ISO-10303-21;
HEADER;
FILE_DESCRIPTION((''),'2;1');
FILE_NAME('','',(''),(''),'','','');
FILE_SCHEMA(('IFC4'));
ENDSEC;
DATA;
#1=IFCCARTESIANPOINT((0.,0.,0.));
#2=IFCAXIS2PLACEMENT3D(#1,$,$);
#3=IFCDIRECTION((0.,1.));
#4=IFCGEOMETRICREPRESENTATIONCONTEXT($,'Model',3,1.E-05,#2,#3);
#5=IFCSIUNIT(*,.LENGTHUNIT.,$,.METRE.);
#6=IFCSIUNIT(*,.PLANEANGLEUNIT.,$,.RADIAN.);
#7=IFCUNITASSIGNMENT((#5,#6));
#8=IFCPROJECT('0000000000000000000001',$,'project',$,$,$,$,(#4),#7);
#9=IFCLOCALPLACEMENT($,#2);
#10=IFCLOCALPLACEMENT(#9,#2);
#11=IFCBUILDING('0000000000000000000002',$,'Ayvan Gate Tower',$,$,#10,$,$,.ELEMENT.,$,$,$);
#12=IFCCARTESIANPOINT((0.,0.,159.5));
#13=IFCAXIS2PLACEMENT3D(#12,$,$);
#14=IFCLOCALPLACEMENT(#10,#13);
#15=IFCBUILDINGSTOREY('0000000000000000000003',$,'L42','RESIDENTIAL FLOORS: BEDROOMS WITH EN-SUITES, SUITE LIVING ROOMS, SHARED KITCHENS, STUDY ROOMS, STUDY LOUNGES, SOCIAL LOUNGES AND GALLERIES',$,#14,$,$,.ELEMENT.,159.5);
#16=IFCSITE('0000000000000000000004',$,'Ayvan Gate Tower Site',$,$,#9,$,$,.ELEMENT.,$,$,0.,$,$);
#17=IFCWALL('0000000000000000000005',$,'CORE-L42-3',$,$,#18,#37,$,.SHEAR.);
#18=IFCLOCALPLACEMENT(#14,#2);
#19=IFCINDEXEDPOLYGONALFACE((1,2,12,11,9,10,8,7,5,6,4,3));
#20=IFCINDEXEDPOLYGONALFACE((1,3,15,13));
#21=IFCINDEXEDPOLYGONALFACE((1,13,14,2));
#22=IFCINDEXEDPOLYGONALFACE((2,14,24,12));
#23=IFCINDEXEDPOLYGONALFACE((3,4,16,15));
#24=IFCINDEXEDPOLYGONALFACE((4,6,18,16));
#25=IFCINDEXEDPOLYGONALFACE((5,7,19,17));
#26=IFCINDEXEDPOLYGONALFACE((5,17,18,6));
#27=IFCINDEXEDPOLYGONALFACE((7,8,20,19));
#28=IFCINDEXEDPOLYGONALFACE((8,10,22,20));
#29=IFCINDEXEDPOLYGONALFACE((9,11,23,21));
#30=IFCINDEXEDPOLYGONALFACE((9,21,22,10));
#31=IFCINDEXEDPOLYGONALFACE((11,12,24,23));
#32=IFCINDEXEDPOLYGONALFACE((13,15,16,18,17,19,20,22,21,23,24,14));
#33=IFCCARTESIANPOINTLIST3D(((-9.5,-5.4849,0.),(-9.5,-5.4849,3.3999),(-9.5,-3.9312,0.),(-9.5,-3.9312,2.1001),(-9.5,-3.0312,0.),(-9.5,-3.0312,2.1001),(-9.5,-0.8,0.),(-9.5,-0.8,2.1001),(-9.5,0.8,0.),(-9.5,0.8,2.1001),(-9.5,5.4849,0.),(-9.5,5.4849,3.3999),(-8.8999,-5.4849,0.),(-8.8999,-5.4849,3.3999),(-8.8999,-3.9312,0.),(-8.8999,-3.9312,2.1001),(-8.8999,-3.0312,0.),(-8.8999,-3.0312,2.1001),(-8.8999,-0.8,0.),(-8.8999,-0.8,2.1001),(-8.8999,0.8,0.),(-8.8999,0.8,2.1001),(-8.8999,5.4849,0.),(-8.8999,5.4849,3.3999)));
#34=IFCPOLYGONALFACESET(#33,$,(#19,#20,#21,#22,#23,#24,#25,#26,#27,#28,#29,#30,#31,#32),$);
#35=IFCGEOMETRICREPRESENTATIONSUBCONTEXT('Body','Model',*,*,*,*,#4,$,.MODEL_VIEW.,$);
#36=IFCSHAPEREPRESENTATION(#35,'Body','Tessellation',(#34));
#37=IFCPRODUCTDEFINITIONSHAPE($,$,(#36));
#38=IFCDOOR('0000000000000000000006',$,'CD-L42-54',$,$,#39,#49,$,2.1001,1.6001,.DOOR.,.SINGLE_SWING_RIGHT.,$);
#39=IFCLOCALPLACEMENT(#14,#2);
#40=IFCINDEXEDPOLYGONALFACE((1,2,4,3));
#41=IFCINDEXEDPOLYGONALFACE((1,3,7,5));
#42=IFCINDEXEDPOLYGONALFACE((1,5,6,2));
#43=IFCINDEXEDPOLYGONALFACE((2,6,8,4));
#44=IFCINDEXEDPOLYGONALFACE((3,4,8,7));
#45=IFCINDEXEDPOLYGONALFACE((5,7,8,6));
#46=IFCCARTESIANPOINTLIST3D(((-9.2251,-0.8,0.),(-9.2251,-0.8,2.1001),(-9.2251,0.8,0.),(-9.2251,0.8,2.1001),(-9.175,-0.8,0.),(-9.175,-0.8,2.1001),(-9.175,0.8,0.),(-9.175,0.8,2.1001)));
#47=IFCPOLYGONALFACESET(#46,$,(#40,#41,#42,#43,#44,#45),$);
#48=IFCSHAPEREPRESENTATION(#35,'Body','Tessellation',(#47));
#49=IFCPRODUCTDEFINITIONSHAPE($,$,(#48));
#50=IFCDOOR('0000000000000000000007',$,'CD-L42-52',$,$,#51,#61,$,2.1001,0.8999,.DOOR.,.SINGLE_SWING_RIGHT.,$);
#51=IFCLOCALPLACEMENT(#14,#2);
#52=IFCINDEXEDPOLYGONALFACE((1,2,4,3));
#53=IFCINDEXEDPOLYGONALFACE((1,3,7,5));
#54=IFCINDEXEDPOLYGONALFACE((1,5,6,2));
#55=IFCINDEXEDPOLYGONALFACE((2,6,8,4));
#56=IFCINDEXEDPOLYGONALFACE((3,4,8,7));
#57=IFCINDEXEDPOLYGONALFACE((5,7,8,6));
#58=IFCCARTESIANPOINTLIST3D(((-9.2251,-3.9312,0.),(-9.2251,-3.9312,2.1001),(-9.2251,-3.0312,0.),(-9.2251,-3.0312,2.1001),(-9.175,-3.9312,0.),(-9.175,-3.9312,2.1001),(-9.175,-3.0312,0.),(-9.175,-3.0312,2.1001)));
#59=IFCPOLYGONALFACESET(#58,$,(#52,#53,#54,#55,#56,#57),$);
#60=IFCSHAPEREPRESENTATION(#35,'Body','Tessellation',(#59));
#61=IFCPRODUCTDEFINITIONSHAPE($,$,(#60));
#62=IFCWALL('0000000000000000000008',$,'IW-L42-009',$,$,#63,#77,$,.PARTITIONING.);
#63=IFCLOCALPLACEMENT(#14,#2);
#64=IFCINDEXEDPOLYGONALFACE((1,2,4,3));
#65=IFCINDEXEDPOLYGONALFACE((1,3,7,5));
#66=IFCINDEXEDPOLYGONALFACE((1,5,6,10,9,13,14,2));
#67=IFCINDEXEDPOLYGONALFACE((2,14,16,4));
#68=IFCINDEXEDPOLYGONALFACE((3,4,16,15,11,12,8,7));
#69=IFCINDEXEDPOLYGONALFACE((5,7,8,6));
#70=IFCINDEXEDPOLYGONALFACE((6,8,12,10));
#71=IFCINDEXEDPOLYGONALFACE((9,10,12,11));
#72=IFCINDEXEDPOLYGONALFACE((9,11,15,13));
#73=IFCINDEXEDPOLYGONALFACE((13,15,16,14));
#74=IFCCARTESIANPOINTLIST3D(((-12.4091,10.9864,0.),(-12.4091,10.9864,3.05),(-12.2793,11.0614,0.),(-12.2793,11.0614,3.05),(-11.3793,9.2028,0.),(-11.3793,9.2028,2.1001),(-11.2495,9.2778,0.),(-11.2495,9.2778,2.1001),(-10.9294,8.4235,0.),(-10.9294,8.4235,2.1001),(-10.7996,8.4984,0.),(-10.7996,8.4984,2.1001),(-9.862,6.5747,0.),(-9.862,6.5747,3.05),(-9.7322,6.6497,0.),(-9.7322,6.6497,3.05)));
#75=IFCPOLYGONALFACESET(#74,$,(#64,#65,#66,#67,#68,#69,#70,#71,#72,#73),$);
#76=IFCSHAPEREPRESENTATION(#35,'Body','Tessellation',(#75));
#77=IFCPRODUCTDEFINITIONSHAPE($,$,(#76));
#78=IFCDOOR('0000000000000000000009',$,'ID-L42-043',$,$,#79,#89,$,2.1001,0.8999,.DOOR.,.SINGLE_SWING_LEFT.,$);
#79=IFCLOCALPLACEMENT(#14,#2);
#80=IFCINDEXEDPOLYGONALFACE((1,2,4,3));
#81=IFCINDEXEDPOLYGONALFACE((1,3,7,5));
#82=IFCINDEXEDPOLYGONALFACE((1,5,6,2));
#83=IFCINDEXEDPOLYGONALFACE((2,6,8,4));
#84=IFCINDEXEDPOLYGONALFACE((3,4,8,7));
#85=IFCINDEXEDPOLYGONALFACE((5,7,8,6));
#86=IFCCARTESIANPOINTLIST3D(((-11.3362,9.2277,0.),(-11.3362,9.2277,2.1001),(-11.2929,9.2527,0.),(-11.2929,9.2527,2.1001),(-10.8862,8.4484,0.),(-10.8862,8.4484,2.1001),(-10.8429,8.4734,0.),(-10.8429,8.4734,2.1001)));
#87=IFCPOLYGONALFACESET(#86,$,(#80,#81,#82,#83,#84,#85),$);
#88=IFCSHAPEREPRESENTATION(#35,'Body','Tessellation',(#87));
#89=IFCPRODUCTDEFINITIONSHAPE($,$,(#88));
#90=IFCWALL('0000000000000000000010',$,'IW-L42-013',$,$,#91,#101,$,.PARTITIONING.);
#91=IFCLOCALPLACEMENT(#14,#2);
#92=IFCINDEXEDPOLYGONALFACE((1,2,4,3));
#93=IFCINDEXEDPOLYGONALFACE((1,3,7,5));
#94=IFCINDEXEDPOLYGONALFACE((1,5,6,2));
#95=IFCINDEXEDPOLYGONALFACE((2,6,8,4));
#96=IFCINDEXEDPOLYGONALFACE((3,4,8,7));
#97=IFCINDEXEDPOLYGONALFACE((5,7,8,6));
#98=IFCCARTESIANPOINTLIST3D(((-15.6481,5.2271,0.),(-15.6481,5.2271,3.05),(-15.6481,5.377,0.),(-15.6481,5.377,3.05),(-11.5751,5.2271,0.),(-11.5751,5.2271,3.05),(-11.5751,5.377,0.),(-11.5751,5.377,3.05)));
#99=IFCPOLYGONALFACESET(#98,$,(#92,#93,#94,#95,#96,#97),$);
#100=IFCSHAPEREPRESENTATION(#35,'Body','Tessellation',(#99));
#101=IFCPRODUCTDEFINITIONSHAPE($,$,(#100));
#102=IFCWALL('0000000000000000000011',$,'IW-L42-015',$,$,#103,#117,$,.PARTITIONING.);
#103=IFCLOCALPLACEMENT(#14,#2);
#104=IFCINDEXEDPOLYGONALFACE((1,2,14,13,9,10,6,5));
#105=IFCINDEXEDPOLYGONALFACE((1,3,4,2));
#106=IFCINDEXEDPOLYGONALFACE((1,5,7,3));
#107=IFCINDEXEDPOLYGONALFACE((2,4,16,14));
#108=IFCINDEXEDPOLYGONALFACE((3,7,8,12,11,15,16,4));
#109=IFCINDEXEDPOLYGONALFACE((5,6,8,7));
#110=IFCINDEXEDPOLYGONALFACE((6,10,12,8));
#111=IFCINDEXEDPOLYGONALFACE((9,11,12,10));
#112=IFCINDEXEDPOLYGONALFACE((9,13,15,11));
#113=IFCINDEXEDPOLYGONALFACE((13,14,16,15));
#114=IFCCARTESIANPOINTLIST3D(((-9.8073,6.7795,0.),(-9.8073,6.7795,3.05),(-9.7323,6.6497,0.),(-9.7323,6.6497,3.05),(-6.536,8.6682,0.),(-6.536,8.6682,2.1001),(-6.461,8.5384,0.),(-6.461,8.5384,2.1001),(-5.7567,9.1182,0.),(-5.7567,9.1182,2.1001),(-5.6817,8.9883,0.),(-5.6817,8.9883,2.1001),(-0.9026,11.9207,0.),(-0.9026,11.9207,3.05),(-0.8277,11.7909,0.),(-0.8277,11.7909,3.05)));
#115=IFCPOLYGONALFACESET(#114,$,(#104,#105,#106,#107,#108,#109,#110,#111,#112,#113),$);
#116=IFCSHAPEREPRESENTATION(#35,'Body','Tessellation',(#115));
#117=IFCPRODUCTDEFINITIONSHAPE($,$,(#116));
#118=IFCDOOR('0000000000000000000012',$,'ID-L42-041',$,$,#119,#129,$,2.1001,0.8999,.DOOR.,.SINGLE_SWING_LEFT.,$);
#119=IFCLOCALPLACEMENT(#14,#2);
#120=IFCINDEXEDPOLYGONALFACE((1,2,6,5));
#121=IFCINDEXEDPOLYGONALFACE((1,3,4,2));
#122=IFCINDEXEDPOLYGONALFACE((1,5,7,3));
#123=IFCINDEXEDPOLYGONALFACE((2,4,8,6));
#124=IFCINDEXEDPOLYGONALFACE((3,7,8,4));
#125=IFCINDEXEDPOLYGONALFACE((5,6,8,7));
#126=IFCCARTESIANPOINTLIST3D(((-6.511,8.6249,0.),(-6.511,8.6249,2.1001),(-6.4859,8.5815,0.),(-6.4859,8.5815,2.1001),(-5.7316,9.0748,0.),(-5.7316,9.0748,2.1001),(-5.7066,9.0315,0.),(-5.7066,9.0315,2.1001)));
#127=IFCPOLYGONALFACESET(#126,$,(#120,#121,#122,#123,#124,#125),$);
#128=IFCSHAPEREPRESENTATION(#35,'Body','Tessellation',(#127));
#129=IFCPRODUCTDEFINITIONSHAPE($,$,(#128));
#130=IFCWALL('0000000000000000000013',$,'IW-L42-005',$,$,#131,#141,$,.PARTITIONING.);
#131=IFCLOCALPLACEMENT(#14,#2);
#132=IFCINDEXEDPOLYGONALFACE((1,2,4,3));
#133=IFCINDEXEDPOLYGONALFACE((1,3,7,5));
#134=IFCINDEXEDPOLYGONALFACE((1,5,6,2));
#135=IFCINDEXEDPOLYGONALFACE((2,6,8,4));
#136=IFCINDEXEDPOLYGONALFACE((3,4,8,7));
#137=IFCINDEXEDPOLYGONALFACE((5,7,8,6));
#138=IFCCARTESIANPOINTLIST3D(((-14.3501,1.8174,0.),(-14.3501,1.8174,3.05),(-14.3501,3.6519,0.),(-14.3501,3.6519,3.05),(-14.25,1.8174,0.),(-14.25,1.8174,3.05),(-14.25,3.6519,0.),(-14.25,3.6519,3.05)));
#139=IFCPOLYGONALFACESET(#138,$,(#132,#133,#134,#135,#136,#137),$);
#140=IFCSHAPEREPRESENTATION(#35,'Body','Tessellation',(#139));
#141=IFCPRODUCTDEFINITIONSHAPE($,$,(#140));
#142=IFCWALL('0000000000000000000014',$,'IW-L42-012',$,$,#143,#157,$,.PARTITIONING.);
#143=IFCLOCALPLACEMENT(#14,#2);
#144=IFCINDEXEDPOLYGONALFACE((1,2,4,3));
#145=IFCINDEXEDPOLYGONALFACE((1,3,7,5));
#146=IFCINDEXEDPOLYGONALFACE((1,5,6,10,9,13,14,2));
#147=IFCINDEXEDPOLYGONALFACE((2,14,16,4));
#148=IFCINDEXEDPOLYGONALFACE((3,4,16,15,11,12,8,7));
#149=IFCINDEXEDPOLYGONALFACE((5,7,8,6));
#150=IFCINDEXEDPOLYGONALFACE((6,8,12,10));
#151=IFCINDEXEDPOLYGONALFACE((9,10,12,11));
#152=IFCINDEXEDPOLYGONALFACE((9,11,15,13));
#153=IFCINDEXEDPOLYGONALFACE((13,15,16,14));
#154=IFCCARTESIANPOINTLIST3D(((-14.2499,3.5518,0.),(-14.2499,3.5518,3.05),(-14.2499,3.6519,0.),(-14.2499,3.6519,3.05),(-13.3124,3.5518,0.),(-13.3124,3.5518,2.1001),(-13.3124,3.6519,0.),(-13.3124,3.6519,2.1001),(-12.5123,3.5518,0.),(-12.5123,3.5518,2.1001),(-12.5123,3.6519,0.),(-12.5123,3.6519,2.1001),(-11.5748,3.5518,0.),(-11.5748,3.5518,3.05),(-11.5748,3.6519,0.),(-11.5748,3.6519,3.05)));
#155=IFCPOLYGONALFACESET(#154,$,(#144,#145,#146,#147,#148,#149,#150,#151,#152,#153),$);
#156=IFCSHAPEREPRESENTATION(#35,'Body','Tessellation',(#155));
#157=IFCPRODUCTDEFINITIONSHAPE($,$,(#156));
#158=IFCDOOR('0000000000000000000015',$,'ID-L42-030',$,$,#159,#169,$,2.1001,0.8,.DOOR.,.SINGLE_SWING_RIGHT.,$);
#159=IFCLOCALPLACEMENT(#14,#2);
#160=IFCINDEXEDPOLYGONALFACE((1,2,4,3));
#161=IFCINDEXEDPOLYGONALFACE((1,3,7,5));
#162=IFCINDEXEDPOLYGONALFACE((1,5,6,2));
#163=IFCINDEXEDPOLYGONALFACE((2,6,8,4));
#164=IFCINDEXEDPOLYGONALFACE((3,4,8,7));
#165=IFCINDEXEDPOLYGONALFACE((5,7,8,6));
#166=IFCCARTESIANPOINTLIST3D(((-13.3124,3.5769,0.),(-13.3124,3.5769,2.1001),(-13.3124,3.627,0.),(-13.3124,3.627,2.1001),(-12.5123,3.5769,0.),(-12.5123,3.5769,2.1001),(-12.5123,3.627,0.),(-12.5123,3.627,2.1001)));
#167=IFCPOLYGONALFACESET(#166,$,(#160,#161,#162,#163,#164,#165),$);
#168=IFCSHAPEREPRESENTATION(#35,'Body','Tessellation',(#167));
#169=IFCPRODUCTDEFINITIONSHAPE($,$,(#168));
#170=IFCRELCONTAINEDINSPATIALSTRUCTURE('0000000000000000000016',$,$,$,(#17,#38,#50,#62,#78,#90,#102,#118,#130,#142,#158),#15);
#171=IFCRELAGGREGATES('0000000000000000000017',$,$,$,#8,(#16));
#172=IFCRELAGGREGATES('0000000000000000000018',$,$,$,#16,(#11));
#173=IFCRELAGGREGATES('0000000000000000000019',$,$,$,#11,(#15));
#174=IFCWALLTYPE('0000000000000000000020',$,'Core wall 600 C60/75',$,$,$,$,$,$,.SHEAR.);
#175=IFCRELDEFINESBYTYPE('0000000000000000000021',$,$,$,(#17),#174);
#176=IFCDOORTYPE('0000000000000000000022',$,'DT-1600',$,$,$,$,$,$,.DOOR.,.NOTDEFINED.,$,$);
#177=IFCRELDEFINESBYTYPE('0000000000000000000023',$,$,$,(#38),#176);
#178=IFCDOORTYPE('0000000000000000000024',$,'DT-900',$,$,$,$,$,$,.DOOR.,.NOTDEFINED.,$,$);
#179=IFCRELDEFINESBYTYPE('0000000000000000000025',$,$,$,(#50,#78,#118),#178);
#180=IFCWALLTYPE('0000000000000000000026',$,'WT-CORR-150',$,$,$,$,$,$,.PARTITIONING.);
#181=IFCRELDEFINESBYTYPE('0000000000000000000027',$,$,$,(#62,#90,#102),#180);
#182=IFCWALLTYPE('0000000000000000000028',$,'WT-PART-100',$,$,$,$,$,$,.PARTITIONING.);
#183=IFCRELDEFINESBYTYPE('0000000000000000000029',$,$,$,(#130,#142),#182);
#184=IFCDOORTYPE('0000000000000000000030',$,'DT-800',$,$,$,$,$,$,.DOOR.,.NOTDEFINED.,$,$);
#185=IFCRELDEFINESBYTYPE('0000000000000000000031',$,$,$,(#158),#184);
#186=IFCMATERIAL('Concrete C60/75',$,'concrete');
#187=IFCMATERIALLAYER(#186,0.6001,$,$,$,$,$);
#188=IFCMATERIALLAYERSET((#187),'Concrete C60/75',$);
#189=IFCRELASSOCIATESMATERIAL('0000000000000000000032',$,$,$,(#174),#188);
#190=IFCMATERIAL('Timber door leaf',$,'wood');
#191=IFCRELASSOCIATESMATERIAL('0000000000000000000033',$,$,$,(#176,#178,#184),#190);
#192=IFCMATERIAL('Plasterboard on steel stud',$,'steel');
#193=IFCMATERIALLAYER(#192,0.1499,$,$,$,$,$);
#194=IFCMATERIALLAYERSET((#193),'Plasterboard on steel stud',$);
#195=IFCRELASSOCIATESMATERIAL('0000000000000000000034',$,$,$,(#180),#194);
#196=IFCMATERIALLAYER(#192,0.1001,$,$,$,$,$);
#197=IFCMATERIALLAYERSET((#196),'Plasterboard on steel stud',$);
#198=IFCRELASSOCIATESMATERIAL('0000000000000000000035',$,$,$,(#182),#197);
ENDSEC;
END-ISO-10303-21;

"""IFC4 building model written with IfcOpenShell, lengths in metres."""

from ifc_helpers import new_model, si_unit, direction, frame, frame_2d, origin, place, context, subcontext, project, spatial, rectangle, extrude, material, layer, layer_set, type_object, element, fill, save


model = new_model("IFC4")

# Units and contexts
model_context = context("Model", 3, precision=1e-05, world=origin(), true_north=direction((0.0, 1.0)))
body_context = subcontext(model_context, "Body", "Model", "MODEL_VIEW")
ifc_project = project(units=[si_unit("LENGTHUNIT", "METRE"), si_unit("PLANEANGLEUNIT", "RADIAN")], contexts=[model_context])

# Site, building, storey
site_placement = place(None, origin())
site = spatial("IfcSite", under=ifc_project, at=site_placement, Name="Ayvan Gate Tower Site", CompositionType="ELEMENT", RefElevation=0.0)
building_placement = place(site_placement, origin())
building = spatial("IfcBuilding", under=site, at=building_placement, Name="Ayvan Gate Tower", CompositionType="ELEMENT")
storey_placement = place(building_placement, frame((0.0, 0.0, 159.5)))
storey = spatial("IfcBuildingStorey", under=building, at=storey_placement, Name="L42", Description="RESIDENTIAL FLOORS: BEDROOMS WITH EN-SUITES, SUITE LIVING ROOMS, SHARED KITCHENS, STUDY ROOMS, STUDY LOUNGES, SOCIAL LOUNGES AND GALLERIES", CompositionType="ELEMENT", Elevation=159.5)

# Wall, openings, doors
ifc_material_1 = material(Name="Concrete C60/75", Category="concrete")
ifc_layer_1 = layer(ifc_material_1, 0.6001)
ifc_layer_set_1 = layer_set([ifc_layer_1], Name="Concrete C60/75")
wall_type_1 = type_object("IfcWallType", Name="Core wall 600 C60/75", PredefinedType="SHEAR", material=ifc_layer_set_1)
wall_1_placement = place(storey_placement, frame((-9.2, 5.4849, 0.0), z_axis=(0.0, 0.0, 1.0), x_axis=(0.0, -1.0, 0.0)))
wall_1 = element("IfcWall", 1, at=wall_1_placement, inside=storey, type_object=wall_type_1, Name="CORE-L42-3", PredefinedType="SHEAR", context=body_context, shape_type="SweptSolid", body=[
    extrude(rectangle(XDim=10.9697, YDim=0.6001, at=frame_2d((5.4849, 0.0))), origin(), (0.0, 0.0, 1.0), 3.3999),
])
opening_1_placement = place(wall_1_placement, frame((8.5161, 0.0, 0.0)))
opening_1 = element("IfcOpeningElement", 2, at=opening_1_placement, cuts=wall_1, PredefinedType="OPENING", context=body_context, shape_type="SweptSolid", body=[
    extrude(rectangle(XDim=0.8999, YDim=2.1001, at=frame_2d((0.45, 1.05))), frame((0.0, 0.3101, 0.0), z_axis=(0.0, -1.0, 0.0), x_axis=(1.0, 0.0, 0.0)), (0.0, 0.0, 1.0), 0.6201),
])
opening_2_placement = place(wall_1_placement, frame((4.6848, 0.0, 0.0)))
opening_2 = element("IfcOpeningElement", 3, at=opening_2_placement, cuts=wall_1, PredefinedType="OPENING", context=body_context, shape_type="SweptSolid", body=[
    extrude(rectangle(XDim=1.6001, YDim=2.1001, at=frame_2d((0.8, 1.05))), frame((0.0, 0.3101, 0.0), z_axis=(0.0, -1.0, 0.0), x_axis=(1.0, 0.0, 0.0)), (0.0, 0.0, 1.0), 0.6201),
])
ifc_material_2 = material(Name="Timber door leaf", Category="wood")
door_type_1 = type_object("IfcDoorType", Name="DT-1600", OperationType="NOTDEFINED", PredefinedType="DOOR", material=ifc_material_2)
door_1_placement = place(opening_2_placement, origin())
door_1 = element("IfcDoor", 4, at=door_1_placement, inside=storey, type_object=door_type_1, Name="CD-L42-54", OperationType="SINGLE_SWING_RIGHT", OverallHeight=2.1001, OverallWidth=1.6001, PredefinedType="DOOR", context=body_context, shape_type="SweptSolid", body=[
    extrude(rectangle(XDim=1.6001, YDim=2.1001, at=frame_2d((0.8, 1.05))), frame((0.0, 0.0249, 0.0), z_axis=(0.0, -1.0, 0.0), x_axis=(1.0, 0.0, 0.0)), (0.0, 0.0, 1.0), 0.05),
])
fill(opening_2, door_1)
door_type_2 = type_object("IfcDoorType", Name="DT-900", OperationType="NOTDEFINED", PredefinedType="DOOR", material=ifc_material_2)
door_2_placement = place(opening_1_placement, origin())
door_2 = element("IfcDoor", 5, at=door_2_placement, inside=storey, type_object=door_type_2, Name="CD-L42-52", OperationType="SINGLE_SWING_RIGHT", OverallHeight=2.1001, OverallWidth=0.8999, PredefinedType="DOOR", context=body_context, shape_type="SweptSolid", body=[
    extrude(rectangle(XDim=0.8999, YDim=2.1001, at=frame_2d((0.45, 1.05))), frame((0.0, 0.0249, 0.0), z_axis=(0.0, -1.0, 0.0), x_axis=(1.0, 0.0, 0.0)), (0.0, 0.0, 1.0), 0.05),
])
fill(opening_1, door_2)

# Wall, opening, door
ifc_material_3 = material(Name="Plasterboard on steel stud", Category="steel")
ifc_layer_2 = layer(ifc_material_3, 0.1499)
ifc_layer_set_2 = layer_set([ifc_layer_2], Name="Plasterboard on steel stud")
wall_type_2 = type_object("IfcWallType", Name="WT-CORR-150", PredefinedType="PARTITIONING", material=ifc_layer_set_2)
wall_2_placement = place(storey_placement, frame((-12.3442, 11.0239, 0.0), z_axis=(0.0, 0.0, 1.0), x_axis=(0.50001, -0.86602, 0.0)))
wall_2 = element("IfcWall", 6, at=wall_2_placement, inside=storey, type_object=wall_type_2, Name="IW-L42-009", PredefinedType="PARTITIONING", context=body_context, shape_type="SweptSolid", body=[
    extrude(rectangle(XDim=5.0942, YDim=0.1499, at=frame_2d((2.5471, 0.0))), origin(), (0.0, 0.0, 1.0), 3.05),
])
opening_3_placement = place(wall_2_placement, frame((2.0596, 0.0, 0.0)))
opening_3 = element("IfcOpeningElement", 7, at=opening_3_placement, cuts=wall_2, PredefinedType="OPENING", context=body_context, shape_type="SweptSolid", body=[
    extrude(rectangle(XDim=0.8999, YDim=2.1001, at=frame_2d((0.45, 1.05))), frame((0.0, 0.085, 0.0), z_axis=(0.0, -1.0, 0.0), x_axis=(1.0, 0.0, 0.0)), (0.0, 0.0, 1.0), 0.1699),
])
door_3_placement = place(opening_3_placement, origin())
door_3 = element("IfcDoor", 8, at=door_3_placement, inside=storey, type_object=door_type_2, Name="ID-L42-043", OperationType="SINGLE_SWING_LEFT", OverallHeight=2.1001, OverallWidth=0.8999, PredefinedType="DOOR", context=body_context, shape_type="SweptSolid", body=[
    extrude(rectangle(XDim=0.8999, YDim=2.1001, at=frame_2d((0.45, 1.05))), frame((0.0, 0.0249, 0.0), z_axis=(0.0, -1.0, 0.0), x_axis=(1.0, 0.0, 0.0)), (0.0, 0.0, 1.0), 0.05),
])
fill(opening_3, door_3)

# Wall
wall_3_placement = place(storey_placement, frame((-11.575, 5.302, 0.0), z_axis=(0.0, 0.0, 1.0), x_axis=(-1.0, 0.0, 0.0)))
element("IfcWall", 9, at=wall_3_placement, inside=storey, type_object=wall_type_2, Name="IW-L42-013", PredefinedType="PARTITIONING", context=body_context, shape_type="SweptSolid", body=[
    extrude(rectangle(XDim=4.073, YDim=0.1499, at=frame_2d((2.0366, 0.0))), origin(), (0.0, 0.0, 1.0), 3.05),
])

# Wall, opening, door
wall_4_placement = place(storey_placement, frame((-9.7698, 6.7146, 0.0), z_axis=(0.0, 0.0, 1.0), x_axis=(0.866022, 0.500005, 0.0)))
wall_4 = element("IfcWall", 10, at=wall_4_placement, inside=storey, type_object=wall_type_2, Name="IW-L42-015", PredefinedType="PARTITIONING", context=body_context, shape_type="SweptSolid", body=[
    extrude(rectangle(XDim=10.2822, YDim=0.1499, at=frame_2d((5.1411, 0.0))), origin(), (0.0, 0.0, 1.0), 3.05),
])
opening_4_placement = place(wall_4_placement, frame((3.7773, 0.0, 0.0)))
opening_4 = element("IfcOpeningElement", 11, at=opening_4_placement, cuts=wall_4, PredefinedType="OPENING", context=body_context, shape_type="SweptSolid", body=[
    extrude(rectangle(XDim=0.8999, YDim=2.1001, at=frame_2d((0.45, 1.05))), frame((0.0, 0.085, 0.0), z_axis=(0.0, -1.0, 0.0), x_axis=(1.0, 0.0, 0.0)), (0.0, 0.0, 1.0), 0.1699),
])
door_4_placement = place(opening_4_placement, origin())
door_4 = element("IfcDoor", 12, at=door_4_placement, inside=storey, type_object=door_type_2, Name="ID-L42-041", OperationType="SINGLE_SWING_LEFT", OverallHeight=2.1001, OverallWidth=0.8999, PredefinedType="DOOR", context=body_context, shape_type="SweptSolid", body=[
    extrude(rectangle(XDim=0.8999, YDim=2.1001, at=frame_2d((0.45, 1.05))), frame((0.0, 0.0249, 0.0), z_axis=(0.0, -1.0, 0.0), x_axis=(1.0, 0.0, 0.0)), (0.0, 0.0, 1.0), 0.05),
])
fill(opening_4, door_4)

# Wall
ifc_layer_3 = layer(ifc_material_3, 0.1001)
ifc_layer_set_3 = layer_set([ifc_layer_3], Name="Plasterboard on steel stud")
wall_type_3 = type_object("IfcWallType", Name="WT-PART-100", PredefinedType="PARTITIONING", material=ifc_layer_set_3)
wall_5_placement = place(storey_placement, frame((-14.3, 3.6519, 0.0), z_axis=(0.0, 0.0, 1.0), x_axis=(0.0, -1.0, 0.0)))
element("IfcWall", 13, at=wall_5_placement, inside=storey, type_object=wall_type_3, Name="IW-L42-005", PredefinedType="PARTITIONING", context=body_context, shape_type="SweptSolid", body=[
    extrude(rectangle(XDim=1.8345, YDim=0.1001, at=frame_2d((0.9172, 0.0))), origin(), (0.0, 0.0, 1.0), 3.05),
])

# Wall, opening, door
wall_6_placement = place(storey_placement, frame((-11.575, 3.6018, 0.0), z_axis=(0.0, 0.0, 1.0), x_axis=(-1.0, 0.0, 0.0)))
wall_6 = element("IfcWall", 14, at=wall_6_placement, inside=storey, type_object=wall_type_3, Name="IW-L42-012", PredefinedType="PARTITIONING", context=body_context, shape_type="SweptSolid", body=[
    extrude(rectangle(XDim=2.675, YDim=0.1001, at=frame_2d((1.3374, 0.0))), origin(), (0.0, 0.0, 1.0), 3.05),
])
opening_5_placement = place(wall_6_placement, frame((0.9375, 0.0, 0.0)))
opening_5 = element("IfcOpeningElement", 15, at=opening_5_placement, cuts=wall_6, PredefinedType="OPENING", context=body_context, shape_type="SweptSolid", body=[
    extrude(rectangle(XDim=0.8, YDim=2.1001, at=frame_2d((0.3999, 1.05))), frame((0.0, 0.0601, 0.0), z_axis=(0.0, -1.0, 0.0), x_axis=(1.0, 0.0, 0.0)), (0.0, 0.0, 1.0), 0.1201),
])
door_type_3 = type_object("IfcDoorType", Name="DT-800", OperationType="NOTDEFINED", PredefinedType="DOOR", material=ifc_material_2)
door_5_placement = place(opening_5_placement, origin())
door_5 = element("IfcDoor", 16, at=door_5_placement, inside=storey, type_object=door_type_3, Name="ID-L42-030", OperationType="SINGLE_SWING_RIGHT", OverallHeight=2.1001, OverallWidth=0.8, PredefinedType="DOOR", context=body_context, shape_type="SweptSolid", body=[
    extrude(rectangle(XDim=0.8, YDim=2.1001, at=frame_2d((0.3999, 1.05))), frame((0.0, 0.0249, 0.0), z_axis=(0.0, -1.0, 0.0), x_axis=(1.0, 0.0, 0.0)), (0.0, 0.0, 1.0), 0.05),
])
fill(opening_5, door_5)

save(model, "model.ifc")
